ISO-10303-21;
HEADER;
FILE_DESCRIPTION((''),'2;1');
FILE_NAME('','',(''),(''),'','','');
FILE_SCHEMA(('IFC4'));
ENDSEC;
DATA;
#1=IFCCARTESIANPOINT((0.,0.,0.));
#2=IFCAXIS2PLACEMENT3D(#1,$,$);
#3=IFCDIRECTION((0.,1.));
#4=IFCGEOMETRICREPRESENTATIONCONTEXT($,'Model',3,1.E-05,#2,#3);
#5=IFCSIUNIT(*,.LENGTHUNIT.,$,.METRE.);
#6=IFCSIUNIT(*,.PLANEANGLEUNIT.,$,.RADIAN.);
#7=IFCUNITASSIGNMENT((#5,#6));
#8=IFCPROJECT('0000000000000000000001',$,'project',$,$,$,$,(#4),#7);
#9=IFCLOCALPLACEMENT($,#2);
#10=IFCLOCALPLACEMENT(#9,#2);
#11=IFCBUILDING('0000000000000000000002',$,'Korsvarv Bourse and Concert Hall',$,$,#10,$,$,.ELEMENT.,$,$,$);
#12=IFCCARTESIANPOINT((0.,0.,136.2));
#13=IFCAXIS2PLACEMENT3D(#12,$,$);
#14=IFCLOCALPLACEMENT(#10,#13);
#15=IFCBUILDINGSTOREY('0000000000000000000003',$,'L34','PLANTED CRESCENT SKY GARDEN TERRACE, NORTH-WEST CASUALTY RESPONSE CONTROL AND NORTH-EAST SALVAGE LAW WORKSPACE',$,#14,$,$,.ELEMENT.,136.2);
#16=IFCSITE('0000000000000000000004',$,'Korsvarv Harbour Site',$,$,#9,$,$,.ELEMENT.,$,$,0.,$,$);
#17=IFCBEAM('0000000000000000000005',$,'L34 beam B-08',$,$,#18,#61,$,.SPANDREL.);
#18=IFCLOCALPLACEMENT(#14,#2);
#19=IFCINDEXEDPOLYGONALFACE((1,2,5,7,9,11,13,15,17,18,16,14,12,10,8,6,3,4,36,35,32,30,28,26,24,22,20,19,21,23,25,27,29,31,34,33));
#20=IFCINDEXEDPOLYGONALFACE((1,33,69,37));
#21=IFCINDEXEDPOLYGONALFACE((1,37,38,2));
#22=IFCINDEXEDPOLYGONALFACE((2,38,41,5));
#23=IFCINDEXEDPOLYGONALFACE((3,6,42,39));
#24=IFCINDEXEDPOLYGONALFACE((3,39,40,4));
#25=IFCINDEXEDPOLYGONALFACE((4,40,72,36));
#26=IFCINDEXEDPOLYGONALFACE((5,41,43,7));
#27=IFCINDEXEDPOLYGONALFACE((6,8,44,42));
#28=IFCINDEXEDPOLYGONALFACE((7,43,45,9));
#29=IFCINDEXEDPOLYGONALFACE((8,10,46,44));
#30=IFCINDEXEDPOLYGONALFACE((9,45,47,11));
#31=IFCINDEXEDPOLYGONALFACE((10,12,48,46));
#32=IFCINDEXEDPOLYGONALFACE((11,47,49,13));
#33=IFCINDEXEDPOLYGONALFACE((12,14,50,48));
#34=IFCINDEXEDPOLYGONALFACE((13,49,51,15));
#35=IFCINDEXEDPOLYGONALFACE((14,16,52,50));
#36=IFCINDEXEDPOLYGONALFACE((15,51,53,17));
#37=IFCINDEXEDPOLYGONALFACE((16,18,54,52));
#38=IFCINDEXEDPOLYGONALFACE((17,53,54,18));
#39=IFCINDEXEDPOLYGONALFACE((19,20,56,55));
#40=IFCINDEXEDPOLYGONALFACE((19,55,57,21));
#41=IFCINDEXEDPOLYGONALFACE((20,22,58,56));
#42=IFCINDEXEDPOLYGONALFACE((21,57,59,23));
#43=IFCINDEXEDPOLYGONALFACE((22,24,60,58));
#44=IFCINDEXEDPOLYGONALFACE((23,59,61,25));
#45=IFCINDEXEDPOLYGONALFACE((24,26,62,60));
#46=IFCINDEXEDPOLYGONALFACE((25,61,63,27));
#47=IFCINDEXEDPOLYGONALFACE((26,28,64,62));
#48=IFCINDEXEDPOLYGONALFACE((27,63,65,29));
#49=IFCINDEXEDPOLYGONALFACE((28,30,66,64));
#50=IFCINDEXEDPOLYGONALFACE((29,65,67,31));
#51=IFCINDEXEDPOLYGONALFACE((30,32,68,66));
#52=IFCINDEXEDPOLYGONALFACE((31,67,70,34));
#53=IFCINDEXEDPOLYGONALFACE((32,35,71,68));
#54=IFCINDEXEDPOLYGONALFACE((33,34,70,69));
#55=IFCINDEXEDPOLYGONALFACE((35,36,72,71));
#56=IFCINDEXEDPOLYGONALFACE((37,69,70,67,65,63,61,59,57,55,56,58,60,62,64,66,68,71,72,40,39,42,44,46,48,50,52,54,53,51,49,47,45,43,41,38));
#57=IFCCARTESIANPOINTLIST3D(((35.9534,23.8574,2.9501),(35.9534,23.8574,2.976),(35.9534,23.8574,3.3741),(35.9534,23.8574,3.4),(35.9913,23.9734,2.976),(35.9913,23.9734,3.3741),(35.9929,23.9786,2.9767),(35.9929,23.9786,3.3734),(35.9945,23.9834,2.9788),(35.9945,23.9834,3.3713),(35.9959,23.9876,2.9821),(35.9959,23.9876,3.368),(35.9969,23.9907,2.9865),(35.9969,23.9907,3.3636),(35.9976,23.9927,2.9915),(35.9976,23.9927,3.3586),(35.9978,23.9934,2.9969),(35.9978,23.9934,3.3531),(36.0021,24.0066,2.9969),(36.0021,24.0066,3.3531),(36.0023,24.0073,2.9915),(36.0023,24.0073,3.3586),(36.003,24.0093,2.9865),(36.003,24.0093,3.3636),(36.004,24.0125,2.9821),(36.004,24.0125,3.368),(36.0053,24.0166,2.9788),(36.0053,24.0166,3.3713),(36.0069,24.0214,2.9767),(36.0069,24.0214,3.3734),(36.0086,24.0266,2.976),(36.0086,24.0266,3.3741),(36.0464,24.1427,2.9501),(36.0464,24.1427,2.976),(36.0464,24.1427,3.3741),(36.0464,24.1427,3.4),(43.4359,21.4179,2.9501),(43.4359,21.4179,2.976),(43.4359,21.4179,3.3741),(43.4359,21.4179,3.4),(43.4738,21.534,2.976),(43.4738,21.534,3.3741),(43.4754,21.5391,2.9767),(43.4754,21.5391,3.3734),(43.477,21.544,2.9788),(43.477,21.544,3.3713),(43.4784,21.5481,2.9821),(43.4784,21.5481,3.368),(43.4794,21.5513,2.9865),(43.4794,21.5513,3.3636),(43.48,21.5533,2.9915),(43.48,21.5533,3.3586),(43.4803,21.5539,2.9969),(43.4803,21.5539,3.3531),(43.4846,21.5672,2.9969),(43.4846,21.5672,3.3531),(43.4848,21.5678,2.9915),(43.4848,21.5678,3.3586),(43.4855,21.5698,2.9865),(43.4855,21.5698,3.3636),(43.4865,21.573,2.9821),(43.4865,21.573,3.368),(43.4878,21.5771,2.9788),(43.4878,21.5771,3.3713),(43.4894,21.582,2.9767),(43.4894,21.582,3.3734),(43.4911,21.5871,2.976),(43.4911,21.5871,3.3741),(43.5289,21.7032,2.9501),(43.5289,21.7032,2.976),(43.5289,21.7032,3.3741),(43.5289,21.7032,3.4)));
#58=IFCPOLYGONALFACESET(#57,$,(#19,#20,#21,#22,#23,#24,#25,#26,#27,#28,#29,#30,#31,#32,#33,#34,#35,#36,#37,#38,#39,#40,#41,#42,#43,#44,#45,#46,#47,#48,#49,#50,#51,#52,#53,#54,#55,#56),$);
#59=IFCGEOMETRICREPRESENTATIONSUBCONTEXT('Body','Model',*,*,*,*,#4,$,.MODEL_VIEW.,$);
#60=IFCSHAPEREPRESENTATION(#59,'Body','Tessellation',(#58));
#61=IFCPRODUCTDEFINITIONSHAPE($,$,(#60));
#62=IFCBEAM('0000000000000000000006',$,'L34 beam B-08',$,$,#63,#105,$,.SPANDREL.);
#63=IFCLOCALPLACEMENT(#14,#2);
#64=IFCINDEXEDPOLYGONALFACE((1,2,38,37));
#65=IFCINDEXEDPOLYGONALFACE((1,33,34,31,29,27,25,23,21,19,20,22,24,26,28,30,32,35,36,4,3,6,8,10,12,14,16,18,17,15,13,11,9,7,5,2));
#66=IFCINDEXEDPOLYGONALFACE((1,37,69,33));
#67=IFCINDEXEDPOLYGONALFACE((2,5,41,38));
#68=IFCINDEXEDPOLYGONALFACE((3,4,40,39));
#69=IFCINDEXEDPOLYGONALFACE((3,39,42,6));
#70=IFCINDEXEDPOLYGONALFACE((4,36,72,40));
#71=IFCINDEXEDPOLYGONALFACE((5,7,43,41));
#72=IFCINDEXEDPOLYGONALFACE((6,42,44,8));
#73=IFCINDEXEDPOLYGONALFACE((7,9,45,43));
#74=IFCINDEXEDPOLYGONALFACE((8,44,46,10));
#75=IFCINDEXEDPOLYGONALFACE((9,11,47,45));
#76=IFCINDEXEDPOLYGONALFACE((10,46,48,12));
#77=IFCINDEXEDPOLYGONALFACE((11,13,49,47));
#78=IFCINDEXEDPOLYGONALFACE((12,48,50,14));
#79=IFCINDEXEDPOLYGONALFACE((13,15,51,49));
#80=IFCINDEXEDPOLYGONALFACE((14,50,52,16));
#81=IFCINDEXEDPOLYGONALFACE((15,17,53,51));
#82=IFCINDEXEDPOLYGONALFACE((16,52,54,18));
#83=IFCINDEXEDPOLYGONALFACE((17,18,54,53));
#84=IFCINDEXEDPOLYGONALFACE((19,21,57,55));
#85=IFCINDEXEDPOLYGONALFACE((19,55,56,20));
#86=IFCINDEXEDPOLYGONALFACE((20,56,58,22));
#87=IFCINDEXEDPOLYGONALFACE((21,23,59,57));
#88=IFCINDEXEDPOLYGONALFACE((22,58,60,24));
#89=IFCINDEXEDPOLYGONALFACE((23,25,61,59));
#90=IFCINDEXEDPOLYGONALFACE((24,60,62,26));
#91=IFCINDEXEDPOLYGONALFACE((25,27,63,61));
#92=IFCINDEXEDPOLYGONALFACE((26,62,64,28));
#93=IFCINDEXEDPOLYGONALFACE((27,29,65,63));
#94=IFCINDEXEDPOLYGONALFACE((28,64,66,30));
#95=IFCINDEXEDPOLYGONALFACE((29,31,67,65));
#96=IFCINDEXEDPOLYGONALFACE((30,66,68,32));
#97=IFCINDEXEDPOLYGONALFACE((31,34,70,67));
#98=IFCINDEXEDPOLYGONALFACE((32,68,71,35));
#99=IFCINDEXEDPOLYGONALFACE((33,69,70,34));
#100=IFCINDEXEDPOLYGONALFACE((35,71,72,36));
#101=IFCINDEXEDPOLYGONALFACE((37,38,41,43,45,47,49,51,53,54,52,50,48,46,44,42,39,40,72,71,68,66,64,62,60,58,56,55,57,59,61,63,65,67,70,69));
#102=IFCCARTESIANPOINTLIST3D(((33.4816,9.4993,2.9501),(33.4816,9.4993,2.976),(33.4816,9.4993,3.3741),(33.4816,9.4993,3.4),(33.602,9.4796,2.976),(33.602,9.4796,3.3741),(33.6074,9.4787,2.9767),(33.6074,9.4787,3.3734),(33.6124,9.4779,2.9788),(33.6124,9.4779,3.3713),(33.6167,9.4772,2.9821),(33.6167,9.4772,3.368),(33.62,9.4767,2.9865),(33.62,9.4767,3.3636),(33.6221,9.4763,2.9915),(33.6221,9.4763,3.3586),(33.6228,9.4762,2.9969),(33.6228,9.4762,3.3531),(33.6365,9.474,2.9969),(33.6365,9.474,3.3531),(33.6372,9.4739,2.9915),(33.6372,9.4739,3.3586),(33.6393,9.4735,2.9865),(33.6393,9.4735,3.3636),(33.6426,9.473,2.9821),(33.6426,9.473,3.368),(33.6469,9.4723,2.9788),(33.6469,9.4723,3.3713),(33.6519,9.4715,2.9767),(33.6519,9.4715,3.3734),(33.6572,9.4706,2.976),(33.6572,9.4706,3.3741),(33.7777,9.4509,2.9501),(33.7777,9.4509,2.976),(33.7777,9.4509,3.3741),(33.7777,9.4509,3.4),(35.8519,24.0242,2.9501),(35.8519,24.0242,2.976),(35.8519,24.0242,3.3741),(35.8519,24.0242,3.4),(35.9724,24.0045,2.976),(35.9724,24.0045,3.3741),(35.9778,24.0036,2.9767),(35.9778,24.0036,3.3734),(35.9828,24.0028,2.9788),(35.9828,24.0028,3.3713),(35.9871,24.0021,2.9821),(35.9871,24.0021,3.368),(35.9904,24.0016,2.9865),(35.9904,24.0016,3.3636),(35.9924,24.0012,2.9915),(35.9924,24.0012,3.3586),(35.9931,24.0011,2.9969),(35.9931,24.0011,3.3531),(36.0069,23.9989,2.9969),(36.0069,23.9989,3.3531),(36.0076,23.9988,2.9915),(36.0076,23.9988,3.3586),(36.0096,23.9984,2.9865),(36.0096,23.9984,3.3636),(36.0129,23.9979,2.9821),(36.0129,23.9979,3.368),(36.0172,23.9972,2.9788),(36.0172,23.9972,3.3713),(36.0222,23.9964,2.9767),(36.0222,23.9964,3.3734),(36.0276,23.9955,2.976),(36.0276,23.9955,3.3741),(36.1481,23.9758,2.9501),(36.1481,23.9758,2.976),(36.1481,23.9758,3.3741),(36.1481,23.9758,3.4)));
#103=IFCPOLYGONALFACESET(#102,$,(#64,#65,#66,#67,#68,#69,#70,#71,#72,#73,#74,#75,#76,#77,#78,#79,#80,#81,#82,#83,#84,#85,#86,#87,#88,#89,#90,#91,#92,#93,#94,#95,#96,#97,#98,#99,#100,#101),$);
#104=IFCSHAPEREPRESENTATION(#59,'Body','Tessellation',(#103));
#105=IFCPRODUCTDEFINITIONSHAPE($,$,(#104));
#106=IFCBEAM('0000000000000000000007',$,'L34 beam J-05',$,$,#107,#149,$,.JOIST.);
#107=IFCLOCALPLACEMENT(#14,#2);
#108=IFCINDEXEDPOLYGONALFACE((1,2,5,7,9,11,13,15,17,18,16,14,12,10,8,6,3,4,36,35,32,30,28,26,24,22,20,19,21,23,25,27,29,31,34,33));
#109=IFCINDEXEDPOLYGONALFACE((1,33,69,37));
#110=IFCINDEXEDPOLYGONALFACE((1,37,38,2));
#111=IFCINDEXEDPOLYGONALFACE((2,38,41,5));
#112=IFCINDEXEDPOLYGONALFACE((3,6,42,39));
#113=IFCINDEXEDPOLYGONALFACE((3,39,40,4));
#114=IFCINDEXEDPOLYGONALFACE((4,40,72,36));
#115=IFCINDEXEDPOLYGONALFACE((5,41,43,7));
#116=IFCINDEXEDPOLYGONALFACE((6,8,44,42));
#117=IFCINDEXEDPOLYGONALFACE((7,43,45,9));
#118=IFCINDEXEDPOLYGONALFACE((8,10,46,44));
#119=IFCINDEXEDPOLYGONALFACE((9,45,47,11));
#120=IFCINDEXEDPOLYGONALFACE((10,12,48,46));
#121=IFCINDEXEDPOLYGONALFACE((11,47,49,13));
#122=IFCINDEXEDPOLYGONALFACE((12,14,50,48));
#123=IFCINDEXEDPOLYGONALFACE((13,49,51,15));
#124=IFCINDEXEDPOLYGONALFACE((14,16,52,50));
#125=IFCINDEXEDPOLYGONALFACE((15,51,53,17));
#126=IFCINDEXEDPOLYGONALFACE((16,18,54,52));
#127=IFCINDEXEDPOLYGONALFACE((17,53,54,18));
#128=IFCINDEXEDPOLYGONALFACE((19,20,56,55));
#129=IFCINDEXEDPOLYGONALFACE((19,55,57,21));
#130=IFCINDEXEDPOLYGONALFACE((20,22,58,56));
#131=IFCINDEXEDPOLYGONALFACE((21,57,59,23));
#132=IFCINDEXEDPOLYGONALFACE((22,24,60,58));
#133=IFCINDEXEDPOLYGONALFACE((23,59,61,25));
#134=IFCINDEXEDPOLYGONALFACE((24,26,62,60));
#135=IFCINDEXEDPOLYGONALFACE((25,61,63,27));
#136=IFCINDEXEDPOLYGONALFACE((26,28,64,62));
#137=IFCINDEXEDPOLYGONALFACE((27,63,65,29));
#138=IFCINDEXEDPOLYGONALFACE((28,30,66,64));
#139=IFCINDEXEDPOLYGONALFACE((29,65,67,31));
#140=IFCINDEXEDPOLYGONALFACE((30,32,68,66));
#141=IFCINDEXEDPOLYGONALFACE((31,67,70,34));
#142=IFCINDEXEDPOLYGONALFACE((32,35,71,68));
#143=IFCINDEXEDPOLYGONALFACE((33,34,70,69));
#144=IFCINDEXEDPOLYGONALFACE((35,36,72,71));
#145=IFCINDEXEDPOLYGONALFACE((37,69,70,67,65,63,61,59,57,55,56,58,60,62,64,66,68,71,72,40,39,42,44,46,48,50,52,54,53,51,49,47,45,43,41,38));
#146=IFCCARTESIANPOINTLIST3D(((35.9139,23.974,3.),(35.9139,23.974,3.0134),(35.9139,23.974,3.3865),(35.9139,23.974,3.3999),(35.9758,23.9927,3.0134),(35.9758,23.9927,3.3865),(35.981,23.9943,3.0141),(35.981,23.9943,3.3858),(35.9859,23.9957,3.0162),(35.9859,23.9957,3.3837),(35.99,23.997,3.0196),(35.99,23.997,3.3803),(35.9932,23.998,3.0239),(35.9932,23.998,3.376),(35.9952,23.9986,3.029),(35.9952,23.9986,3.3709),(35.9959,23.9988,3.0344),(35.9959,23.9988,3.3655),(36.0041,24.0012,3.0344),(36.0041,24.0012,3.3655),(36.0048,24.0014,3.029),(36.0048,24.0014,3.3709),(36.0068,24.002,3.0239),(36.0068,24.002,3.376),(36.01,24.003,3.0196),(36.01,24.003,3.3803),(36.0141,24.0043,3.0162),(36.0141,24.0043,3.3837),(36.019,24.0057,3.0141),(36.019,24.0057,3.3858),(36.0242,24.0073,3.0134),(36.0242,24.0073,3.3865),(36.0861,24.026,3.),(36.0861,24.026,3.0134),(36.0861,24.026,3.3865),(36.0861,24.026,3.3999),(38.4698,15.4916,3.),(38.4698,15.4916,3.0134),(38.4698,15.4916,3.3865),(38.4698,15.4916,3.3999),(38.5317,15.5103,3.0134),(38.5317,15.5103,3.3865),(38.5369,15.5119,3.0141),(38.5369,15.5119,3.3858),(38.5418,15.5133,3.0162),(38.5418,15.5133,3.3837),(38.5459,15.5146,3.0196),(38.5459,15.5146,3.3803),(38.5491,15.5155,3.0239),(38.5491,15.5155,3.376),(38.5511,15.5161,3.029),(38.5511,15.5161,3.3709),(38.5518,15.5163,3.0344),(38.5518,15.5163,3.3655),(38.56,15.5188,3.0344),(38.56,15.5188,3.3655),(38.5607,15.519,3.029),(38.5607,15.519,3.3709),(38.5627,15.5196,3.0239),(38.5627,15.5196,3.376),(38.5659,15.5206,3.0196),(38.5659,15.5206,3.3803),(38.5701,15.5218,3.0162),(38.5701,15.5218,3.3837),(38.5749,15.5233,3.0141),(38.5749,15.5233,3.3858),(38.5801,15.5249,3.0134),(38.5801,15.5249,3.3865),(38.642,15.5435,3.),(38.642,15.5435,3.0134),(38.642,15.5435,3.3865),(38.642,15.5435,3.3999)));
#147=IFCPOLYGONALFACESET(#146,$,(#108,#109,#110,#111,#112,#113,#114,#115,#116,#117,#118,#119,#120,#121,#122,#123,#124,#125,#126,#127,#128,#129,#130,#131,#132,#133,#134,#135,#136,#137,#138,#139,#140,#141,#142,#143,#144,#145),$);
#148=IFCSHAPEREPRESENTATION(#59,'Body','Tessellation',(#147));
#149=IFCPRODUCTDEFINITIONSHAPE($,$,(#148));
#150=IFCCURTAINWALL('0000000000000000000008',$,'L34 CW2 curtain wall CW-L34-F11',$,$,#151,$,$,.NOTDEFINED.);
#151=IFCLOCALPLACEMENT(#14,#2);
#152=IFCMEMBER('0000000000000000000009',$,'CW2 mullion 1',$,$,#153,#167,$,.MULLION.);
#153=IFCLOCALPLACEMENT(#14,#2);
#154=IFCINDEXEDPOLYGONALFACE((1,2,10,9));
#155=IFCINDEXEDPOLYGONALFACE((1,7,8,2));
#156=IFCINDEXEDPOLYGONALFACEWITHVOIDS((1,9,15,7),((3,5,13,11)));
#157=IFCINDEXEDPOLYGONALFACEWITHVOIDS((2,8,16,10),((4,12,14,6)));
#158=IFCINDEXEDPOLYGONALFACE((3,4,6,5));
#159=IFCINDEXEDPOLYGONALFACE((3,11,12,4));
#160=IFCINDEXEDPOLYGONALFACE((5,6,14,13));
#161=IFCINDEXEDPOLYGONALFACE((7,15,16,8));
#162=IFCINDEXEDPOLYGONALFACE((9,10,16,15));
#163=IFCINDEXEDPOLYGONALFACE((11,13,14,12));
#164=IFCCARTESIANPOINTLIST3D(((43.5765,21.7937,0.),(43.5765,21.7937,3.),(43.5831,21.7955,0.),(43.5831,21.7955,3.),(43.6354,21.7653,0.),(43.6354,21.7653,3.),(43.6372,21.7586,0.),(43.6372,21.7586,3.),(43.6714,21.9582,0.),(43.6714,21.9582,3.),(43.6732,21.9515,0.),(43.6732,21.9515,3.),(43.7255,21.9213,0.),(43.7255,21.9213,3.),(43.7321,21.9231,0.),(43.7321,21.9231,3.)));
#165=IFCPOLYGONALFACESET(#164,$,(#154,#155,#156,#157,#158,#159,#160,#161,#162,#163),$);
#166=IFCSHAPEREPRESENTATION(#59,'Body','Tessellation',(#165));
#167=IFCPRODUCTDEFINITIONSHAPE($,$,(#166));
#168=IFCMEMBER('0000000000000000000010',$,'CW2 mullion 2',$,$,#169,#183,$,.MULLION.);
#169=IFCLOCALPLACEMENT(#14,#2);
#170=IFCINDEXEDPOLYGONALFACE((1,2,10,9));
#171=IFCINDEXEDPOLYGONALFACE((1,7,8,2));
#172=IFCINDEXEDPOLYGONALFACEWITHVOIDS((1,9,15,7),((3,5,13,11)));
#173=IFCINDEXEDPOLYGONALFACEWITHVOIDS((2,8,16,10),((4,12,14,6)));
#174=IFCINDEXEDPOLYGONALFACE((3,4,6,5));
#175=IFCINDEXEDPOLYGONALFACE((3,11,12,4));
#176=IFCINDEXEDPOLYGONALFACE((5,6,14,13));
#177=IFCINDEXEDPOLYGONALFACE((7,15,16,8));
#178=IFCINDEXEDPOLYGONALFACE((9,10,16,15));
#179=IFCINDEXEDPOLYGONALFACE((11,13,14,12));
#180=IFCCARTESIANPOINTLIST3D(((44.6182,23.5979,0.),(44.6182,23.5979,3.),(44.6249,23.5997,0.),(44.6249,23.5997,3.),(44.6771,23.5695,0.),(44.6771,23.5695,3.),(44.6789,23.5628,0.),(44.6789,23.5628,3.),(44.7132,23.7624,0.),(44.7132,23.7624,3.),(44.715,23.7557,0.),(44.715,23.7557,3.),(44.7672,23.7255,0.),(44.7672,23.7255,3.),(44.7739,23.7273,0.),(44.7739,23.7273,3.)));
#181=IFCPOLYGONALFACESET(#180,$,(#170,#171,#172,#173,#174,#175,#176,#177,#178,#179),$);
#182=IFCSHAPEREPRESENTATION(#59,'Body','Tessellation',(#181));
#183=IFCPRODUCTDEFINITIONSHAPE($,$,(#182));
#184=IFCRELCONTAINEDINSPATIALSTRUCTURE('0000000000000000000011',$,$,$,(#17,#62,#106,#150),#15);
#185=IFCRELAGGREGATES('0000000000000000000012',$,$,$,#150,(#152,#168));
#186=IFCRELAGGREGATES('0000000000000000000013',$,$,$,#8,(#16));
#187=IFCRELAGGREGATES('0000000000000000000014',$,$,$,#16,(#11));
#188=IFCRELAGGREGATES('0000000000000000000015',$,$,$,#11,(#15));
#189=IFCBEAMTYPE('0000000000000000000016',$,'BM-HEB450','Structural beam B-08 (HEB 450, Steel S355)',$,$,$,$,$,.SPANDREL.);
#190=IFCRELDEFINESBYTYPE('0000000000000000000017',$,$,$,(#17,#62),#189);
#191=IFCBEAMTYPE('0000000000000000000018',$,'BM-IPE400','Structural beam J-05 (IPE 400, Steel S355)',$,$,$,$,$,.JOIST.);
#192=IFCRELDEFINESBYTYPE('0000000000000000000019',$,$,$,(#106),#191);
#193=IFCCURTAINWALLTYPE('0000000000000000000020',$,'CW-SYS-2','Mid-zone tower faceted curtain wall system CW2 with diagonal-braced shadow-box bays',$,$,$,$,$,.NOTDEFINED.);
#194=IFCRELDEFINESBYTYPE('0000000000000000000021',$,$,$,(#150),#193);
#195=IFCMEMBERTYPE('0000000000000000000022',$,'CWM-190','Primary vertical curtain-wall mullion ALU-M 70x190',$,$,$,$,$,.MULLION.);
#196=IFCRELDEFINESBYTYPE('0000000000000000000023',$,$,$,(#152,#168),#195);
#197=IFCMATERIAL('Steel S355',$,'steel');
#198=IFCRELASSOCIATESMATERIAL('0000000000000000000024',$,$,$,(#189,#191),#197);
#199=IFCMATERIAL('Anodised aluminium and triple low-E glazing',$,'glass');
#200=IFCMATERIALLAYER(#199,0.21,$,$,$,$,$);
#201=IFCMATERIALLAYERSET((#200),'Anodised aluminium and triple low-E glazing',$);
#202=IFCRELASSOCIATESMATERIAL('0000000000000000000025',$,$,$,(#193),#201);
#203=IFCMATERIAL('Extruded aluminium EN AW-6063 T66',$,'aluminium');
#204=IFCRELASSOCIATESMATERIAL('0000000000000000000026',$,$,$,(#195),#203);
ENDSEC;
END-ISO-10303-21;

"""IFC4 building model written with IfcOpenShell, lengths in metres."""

from ifc_helpers import new_model, si_unit, direction, frame, origin, origin_2d, place, context, subcontext, project, spatial, hollow_rectangle, i_section, extrude, source, transform, mapped, material, layer, layer_set, material_profile, profile_set, type_object, element, aggregate, save


model = new_model("IFC4")

# Units and contexts
model_context = context("Model", 3, precision=1e-05, world=origin(), true_north=direction((0.0, 1.0)))
body_context = subcontext(model_context, "Body", "Model", "MODEL_VIEW")
ifc_project = project(units=[si_unit("LENGTHUNIT", "METRE"), si_unit("PLANEANGLEUNIT", "RADIAN")], contexts=[model_context])

# Site, building, storey
site_placement = place(None, origin())
site = spatial("IfcSite", under=ifc_project, at=site_placement, Name="Korsvarv Harbour Site", CompositionType="ELEMENT", RefElevation=0.0)
building_placement = place(site_placement, origin())
building = spatial("IfcBuilding", under=site, at=building_placement, Name="Korsvarv Bourse and Concert Hall", CompositionType="ELEMENT")
storey_placement = place(building_placement, frame((0.0, 0.0, 136.2)))
storey = spatial("IfcBuildingStorey", under=building, at=storey_placement, Name="L34", Description="PLANTED CRESCENT SKY GARDEN TERRACE, NORTH-WEST CASUALTY RESPONSE CONTROL AND NORTH-EAST SALVAGE LAW WORKSPACE", CompositionType="ELEMENT", Elevation=136.2)

# Shared definitions
ifc_material_1 = material(Name="Steel S355", Category="steel")

# Beams
ifc_material_profile_1 = material_profile(ifc_material_1, i_section(OverallWidth=0.3, OverallDepth=0.45, WebThickness=0.0139, FlangeThickness=0.0259, FilletRadius=0.021, at=origin_2d()), Name="HEB 450")
ifc_profile_set_1 = profile_set([ifc_material_profile_1], Name="Steel S355")
beam_type_1 = type_object("IfcBeamType", Name="BM-HEB450", Description="Structural beam B-08 (HEB 450, Steel S355)", PredefinedType="SPANDREL", material=ifc_profile_set_1)
shared_shape_1 = source(origin(), body_context, "Body", "SweptSolid", [
    extrude(i_section(OverallWidth=0.3, OverallDepth=0.45, WebThickness=0.0139, FlangeThickness=0.0259, FilletRadius=0.021, at=origin_2d()), origin(), (0.0, 0.0, 1.0), 7.8701),
])
beam_1_placement = place(storey_placement, frame((43.4824, 21.5605, 3.175), z_axis=(-0.950747, 0.309967, 0.0), x_axis=(-0.309967, -0.950747, 0.0)))
element("IfcBeam", 1, at=beam_1_placement, inside=storey, type_object=beam_type_1, Name="L34 beam B-08", PredefinedType="SPANDREL", context=body_context, shape_type="MappedRepresentation", body=[
    mapped(shared_shape_1, transform((0.0, 0.0, 0.0), scale=1.0)),
])
shared_shape_2 = source(origin(), body_context, "Body", "SweptSolid", [
    extrude(i_section(OverallWidth=0.3, OverallDepth=0.45, WebThickness=0.0139, FlangeThickness=0.0259, FilletRadius=0.021, at=origin_2d()), origin(), (0.0, 0.0, 1.0), 14.717),
])
beam_2_placement = place(storey_placement, frame((33.6296, 9.4751, 3.175), z_axis=(0.161062, 0.986944, 0.0), x_axis=(-0.986944, 0.161062, 0.0)))
element("IfcBeam", 2, at=beam_2_placement, inside=storey, type_object=beam_type_1, Name="L34 beam B-08", PredefinedType="SPANDREL", context=body_context, shape_type="MappedRepresentation", body=[
    mapped(shared_shape_2, transform((0.0, 0.0, 0.0), scale=1.0)),
])
ifc_material_profile_2 = material_profile(ifc_material_1, i_section(OverallWidth=0.1799, OverallDepth=0.3999, WebThickness=0.0085, FlangeThickness=0.0134, FilletRadius=0.021, at=origin_2d()), Name="IPE 400")
ifc_profile_set_2 = profile_set([ifc_material_profile_2], Name="Steel S355")
beam_type_2 = type_object("IfcBeamType", Name="BM-IPE400", Description="Structural beam J-05 (IPE 400, Steel S355)", PredefinedType="JOIST", material=ifc_profile_set_2)
shared_shape_3 = source(origin(), body_context, "Body", "SweptSolid", [
    extrude(i_section(OverallWidth=0.1799, OverallDepth=0.3999, WebThickness=0.0085, FlangeThickness=0.0134, FilletRadius=0.021, at=origin_2d()), origin(), (0.0, 0.0, 1.0), 8.8591),
])
beam_3_placement = place(storey_placement, frame((38.5559, 15.5176, 3.2), z_axis=(-0.288506, 0.957478, 0.0), x_axis=(-0.957478, -0.288506, 0.0)))
element("IfcBeam", 3, at=beam_3_placement, inside=storey, type_object=beam_type_2, Name="L34 beam J-05", PredefinedType="JOIST", context=body_context, shape_type="MappedRepresentation", body=[
    mapped(shared_shape_3, transform((0.0, 0.0, 0.0), scale=1.0)),
])

# Curtain wall, members
ifc_material_2 = material(Name="Anodised aluminium and triple low-E glazing", Category="glass")
ifc_layer_1 = layer(ifc_material_2, 0.21)
ifc_layer_set_1 = layer_set([ifc_layer_1], Name="Anodised aluminium and triple low-E glazing")
curtain_wall_type = type_object("IfcCurtainWallType", Name="CW-SYS-2", Description="Mid-zone tower faceted curtain wall system CW2 with diagonal-braced shadow-box bays", PredefinedType="NOTDEFINED", material=ifc_layer_set_1)
curtain_wall_placement = place(storey_placement, origin())
curtain_wall = element("IfcCurtainWall", 4, at=curtain_wall_placement, inside=storey, type_object=curtain_wall_type, Name="L34 CW2 curtain wall CW-L34-F11", PredefinedType="NOTDEFINED")
ifc_material_3 = material(Name="Extruded aluminium EN AW-6063 T66", Category="aluminium")
ifc_material_profile_3 = material_profile(ifc_material_3, hollow_rectangle(XDim=0.0701, YDim=0.1899, WallThickness=0.0049, at=origin_2d()), Name="ALU-M 70x190")
ifc_profile_set_3 = profile_set([ifc_material_profile_3], Name="Extruded aluminium EN AW-6063 T66")
member_type_1 = type_object("IfcMemberType", Name="CWM-190", Description="Primary vertical curtain-wall mullion ALU-M 70x190", PredefinedType="MULLION", material=ifc_profile_set_3)
shared_shape_4 = source(origin(), body_context, "Body", "SweptSolid", [
    extrude(hollow_rectangle(XDim=0.0701, YDim=0.1899, WallThickness=0.0049, at=origin_2d()), origin(), (0.0, 0.0, 1.0), 3.0),
])
member_1_placement = place(storey_placement, frame((43.6543, 21.8584, 0.0), z_axis=(0.0, 0.0, 1.0), x_axis=(-0.866025, 0.5, 0.0)))
member_1 = element("IfcMember", 5, at=member_1_placement, type_object=member_type_1, Name="CW2 mullion 1", PredefinedType="MULLION", context=body_context, shape_type="MappedRepresentation", body=[
    mapped(shared_shape_4, transform((0.0, 0.0, 0.0), scale=1.0)),
])
member_2_placement = place(storey_placement, frame((44.696, 23.6626, 0.0), z_axis=(0.0, 0.0, 1.0), x_axis=(-0.866025, 0.5, 0.0)))
member_2 = element("IfcMember", 6, at=member_2_placement, type_object=member_type_1, Name="CW2 mullion 2", PredefinedType="MULLION", context=body_context, shape_type="MappedRepresentation", body=[
    mapped(shared_shape_4, transform((0.0, 0.0, 0.0), scale=1.0)),
])
aggregate(curtain_wall, [member_1, member_2])

save(model, "model.ifc")
